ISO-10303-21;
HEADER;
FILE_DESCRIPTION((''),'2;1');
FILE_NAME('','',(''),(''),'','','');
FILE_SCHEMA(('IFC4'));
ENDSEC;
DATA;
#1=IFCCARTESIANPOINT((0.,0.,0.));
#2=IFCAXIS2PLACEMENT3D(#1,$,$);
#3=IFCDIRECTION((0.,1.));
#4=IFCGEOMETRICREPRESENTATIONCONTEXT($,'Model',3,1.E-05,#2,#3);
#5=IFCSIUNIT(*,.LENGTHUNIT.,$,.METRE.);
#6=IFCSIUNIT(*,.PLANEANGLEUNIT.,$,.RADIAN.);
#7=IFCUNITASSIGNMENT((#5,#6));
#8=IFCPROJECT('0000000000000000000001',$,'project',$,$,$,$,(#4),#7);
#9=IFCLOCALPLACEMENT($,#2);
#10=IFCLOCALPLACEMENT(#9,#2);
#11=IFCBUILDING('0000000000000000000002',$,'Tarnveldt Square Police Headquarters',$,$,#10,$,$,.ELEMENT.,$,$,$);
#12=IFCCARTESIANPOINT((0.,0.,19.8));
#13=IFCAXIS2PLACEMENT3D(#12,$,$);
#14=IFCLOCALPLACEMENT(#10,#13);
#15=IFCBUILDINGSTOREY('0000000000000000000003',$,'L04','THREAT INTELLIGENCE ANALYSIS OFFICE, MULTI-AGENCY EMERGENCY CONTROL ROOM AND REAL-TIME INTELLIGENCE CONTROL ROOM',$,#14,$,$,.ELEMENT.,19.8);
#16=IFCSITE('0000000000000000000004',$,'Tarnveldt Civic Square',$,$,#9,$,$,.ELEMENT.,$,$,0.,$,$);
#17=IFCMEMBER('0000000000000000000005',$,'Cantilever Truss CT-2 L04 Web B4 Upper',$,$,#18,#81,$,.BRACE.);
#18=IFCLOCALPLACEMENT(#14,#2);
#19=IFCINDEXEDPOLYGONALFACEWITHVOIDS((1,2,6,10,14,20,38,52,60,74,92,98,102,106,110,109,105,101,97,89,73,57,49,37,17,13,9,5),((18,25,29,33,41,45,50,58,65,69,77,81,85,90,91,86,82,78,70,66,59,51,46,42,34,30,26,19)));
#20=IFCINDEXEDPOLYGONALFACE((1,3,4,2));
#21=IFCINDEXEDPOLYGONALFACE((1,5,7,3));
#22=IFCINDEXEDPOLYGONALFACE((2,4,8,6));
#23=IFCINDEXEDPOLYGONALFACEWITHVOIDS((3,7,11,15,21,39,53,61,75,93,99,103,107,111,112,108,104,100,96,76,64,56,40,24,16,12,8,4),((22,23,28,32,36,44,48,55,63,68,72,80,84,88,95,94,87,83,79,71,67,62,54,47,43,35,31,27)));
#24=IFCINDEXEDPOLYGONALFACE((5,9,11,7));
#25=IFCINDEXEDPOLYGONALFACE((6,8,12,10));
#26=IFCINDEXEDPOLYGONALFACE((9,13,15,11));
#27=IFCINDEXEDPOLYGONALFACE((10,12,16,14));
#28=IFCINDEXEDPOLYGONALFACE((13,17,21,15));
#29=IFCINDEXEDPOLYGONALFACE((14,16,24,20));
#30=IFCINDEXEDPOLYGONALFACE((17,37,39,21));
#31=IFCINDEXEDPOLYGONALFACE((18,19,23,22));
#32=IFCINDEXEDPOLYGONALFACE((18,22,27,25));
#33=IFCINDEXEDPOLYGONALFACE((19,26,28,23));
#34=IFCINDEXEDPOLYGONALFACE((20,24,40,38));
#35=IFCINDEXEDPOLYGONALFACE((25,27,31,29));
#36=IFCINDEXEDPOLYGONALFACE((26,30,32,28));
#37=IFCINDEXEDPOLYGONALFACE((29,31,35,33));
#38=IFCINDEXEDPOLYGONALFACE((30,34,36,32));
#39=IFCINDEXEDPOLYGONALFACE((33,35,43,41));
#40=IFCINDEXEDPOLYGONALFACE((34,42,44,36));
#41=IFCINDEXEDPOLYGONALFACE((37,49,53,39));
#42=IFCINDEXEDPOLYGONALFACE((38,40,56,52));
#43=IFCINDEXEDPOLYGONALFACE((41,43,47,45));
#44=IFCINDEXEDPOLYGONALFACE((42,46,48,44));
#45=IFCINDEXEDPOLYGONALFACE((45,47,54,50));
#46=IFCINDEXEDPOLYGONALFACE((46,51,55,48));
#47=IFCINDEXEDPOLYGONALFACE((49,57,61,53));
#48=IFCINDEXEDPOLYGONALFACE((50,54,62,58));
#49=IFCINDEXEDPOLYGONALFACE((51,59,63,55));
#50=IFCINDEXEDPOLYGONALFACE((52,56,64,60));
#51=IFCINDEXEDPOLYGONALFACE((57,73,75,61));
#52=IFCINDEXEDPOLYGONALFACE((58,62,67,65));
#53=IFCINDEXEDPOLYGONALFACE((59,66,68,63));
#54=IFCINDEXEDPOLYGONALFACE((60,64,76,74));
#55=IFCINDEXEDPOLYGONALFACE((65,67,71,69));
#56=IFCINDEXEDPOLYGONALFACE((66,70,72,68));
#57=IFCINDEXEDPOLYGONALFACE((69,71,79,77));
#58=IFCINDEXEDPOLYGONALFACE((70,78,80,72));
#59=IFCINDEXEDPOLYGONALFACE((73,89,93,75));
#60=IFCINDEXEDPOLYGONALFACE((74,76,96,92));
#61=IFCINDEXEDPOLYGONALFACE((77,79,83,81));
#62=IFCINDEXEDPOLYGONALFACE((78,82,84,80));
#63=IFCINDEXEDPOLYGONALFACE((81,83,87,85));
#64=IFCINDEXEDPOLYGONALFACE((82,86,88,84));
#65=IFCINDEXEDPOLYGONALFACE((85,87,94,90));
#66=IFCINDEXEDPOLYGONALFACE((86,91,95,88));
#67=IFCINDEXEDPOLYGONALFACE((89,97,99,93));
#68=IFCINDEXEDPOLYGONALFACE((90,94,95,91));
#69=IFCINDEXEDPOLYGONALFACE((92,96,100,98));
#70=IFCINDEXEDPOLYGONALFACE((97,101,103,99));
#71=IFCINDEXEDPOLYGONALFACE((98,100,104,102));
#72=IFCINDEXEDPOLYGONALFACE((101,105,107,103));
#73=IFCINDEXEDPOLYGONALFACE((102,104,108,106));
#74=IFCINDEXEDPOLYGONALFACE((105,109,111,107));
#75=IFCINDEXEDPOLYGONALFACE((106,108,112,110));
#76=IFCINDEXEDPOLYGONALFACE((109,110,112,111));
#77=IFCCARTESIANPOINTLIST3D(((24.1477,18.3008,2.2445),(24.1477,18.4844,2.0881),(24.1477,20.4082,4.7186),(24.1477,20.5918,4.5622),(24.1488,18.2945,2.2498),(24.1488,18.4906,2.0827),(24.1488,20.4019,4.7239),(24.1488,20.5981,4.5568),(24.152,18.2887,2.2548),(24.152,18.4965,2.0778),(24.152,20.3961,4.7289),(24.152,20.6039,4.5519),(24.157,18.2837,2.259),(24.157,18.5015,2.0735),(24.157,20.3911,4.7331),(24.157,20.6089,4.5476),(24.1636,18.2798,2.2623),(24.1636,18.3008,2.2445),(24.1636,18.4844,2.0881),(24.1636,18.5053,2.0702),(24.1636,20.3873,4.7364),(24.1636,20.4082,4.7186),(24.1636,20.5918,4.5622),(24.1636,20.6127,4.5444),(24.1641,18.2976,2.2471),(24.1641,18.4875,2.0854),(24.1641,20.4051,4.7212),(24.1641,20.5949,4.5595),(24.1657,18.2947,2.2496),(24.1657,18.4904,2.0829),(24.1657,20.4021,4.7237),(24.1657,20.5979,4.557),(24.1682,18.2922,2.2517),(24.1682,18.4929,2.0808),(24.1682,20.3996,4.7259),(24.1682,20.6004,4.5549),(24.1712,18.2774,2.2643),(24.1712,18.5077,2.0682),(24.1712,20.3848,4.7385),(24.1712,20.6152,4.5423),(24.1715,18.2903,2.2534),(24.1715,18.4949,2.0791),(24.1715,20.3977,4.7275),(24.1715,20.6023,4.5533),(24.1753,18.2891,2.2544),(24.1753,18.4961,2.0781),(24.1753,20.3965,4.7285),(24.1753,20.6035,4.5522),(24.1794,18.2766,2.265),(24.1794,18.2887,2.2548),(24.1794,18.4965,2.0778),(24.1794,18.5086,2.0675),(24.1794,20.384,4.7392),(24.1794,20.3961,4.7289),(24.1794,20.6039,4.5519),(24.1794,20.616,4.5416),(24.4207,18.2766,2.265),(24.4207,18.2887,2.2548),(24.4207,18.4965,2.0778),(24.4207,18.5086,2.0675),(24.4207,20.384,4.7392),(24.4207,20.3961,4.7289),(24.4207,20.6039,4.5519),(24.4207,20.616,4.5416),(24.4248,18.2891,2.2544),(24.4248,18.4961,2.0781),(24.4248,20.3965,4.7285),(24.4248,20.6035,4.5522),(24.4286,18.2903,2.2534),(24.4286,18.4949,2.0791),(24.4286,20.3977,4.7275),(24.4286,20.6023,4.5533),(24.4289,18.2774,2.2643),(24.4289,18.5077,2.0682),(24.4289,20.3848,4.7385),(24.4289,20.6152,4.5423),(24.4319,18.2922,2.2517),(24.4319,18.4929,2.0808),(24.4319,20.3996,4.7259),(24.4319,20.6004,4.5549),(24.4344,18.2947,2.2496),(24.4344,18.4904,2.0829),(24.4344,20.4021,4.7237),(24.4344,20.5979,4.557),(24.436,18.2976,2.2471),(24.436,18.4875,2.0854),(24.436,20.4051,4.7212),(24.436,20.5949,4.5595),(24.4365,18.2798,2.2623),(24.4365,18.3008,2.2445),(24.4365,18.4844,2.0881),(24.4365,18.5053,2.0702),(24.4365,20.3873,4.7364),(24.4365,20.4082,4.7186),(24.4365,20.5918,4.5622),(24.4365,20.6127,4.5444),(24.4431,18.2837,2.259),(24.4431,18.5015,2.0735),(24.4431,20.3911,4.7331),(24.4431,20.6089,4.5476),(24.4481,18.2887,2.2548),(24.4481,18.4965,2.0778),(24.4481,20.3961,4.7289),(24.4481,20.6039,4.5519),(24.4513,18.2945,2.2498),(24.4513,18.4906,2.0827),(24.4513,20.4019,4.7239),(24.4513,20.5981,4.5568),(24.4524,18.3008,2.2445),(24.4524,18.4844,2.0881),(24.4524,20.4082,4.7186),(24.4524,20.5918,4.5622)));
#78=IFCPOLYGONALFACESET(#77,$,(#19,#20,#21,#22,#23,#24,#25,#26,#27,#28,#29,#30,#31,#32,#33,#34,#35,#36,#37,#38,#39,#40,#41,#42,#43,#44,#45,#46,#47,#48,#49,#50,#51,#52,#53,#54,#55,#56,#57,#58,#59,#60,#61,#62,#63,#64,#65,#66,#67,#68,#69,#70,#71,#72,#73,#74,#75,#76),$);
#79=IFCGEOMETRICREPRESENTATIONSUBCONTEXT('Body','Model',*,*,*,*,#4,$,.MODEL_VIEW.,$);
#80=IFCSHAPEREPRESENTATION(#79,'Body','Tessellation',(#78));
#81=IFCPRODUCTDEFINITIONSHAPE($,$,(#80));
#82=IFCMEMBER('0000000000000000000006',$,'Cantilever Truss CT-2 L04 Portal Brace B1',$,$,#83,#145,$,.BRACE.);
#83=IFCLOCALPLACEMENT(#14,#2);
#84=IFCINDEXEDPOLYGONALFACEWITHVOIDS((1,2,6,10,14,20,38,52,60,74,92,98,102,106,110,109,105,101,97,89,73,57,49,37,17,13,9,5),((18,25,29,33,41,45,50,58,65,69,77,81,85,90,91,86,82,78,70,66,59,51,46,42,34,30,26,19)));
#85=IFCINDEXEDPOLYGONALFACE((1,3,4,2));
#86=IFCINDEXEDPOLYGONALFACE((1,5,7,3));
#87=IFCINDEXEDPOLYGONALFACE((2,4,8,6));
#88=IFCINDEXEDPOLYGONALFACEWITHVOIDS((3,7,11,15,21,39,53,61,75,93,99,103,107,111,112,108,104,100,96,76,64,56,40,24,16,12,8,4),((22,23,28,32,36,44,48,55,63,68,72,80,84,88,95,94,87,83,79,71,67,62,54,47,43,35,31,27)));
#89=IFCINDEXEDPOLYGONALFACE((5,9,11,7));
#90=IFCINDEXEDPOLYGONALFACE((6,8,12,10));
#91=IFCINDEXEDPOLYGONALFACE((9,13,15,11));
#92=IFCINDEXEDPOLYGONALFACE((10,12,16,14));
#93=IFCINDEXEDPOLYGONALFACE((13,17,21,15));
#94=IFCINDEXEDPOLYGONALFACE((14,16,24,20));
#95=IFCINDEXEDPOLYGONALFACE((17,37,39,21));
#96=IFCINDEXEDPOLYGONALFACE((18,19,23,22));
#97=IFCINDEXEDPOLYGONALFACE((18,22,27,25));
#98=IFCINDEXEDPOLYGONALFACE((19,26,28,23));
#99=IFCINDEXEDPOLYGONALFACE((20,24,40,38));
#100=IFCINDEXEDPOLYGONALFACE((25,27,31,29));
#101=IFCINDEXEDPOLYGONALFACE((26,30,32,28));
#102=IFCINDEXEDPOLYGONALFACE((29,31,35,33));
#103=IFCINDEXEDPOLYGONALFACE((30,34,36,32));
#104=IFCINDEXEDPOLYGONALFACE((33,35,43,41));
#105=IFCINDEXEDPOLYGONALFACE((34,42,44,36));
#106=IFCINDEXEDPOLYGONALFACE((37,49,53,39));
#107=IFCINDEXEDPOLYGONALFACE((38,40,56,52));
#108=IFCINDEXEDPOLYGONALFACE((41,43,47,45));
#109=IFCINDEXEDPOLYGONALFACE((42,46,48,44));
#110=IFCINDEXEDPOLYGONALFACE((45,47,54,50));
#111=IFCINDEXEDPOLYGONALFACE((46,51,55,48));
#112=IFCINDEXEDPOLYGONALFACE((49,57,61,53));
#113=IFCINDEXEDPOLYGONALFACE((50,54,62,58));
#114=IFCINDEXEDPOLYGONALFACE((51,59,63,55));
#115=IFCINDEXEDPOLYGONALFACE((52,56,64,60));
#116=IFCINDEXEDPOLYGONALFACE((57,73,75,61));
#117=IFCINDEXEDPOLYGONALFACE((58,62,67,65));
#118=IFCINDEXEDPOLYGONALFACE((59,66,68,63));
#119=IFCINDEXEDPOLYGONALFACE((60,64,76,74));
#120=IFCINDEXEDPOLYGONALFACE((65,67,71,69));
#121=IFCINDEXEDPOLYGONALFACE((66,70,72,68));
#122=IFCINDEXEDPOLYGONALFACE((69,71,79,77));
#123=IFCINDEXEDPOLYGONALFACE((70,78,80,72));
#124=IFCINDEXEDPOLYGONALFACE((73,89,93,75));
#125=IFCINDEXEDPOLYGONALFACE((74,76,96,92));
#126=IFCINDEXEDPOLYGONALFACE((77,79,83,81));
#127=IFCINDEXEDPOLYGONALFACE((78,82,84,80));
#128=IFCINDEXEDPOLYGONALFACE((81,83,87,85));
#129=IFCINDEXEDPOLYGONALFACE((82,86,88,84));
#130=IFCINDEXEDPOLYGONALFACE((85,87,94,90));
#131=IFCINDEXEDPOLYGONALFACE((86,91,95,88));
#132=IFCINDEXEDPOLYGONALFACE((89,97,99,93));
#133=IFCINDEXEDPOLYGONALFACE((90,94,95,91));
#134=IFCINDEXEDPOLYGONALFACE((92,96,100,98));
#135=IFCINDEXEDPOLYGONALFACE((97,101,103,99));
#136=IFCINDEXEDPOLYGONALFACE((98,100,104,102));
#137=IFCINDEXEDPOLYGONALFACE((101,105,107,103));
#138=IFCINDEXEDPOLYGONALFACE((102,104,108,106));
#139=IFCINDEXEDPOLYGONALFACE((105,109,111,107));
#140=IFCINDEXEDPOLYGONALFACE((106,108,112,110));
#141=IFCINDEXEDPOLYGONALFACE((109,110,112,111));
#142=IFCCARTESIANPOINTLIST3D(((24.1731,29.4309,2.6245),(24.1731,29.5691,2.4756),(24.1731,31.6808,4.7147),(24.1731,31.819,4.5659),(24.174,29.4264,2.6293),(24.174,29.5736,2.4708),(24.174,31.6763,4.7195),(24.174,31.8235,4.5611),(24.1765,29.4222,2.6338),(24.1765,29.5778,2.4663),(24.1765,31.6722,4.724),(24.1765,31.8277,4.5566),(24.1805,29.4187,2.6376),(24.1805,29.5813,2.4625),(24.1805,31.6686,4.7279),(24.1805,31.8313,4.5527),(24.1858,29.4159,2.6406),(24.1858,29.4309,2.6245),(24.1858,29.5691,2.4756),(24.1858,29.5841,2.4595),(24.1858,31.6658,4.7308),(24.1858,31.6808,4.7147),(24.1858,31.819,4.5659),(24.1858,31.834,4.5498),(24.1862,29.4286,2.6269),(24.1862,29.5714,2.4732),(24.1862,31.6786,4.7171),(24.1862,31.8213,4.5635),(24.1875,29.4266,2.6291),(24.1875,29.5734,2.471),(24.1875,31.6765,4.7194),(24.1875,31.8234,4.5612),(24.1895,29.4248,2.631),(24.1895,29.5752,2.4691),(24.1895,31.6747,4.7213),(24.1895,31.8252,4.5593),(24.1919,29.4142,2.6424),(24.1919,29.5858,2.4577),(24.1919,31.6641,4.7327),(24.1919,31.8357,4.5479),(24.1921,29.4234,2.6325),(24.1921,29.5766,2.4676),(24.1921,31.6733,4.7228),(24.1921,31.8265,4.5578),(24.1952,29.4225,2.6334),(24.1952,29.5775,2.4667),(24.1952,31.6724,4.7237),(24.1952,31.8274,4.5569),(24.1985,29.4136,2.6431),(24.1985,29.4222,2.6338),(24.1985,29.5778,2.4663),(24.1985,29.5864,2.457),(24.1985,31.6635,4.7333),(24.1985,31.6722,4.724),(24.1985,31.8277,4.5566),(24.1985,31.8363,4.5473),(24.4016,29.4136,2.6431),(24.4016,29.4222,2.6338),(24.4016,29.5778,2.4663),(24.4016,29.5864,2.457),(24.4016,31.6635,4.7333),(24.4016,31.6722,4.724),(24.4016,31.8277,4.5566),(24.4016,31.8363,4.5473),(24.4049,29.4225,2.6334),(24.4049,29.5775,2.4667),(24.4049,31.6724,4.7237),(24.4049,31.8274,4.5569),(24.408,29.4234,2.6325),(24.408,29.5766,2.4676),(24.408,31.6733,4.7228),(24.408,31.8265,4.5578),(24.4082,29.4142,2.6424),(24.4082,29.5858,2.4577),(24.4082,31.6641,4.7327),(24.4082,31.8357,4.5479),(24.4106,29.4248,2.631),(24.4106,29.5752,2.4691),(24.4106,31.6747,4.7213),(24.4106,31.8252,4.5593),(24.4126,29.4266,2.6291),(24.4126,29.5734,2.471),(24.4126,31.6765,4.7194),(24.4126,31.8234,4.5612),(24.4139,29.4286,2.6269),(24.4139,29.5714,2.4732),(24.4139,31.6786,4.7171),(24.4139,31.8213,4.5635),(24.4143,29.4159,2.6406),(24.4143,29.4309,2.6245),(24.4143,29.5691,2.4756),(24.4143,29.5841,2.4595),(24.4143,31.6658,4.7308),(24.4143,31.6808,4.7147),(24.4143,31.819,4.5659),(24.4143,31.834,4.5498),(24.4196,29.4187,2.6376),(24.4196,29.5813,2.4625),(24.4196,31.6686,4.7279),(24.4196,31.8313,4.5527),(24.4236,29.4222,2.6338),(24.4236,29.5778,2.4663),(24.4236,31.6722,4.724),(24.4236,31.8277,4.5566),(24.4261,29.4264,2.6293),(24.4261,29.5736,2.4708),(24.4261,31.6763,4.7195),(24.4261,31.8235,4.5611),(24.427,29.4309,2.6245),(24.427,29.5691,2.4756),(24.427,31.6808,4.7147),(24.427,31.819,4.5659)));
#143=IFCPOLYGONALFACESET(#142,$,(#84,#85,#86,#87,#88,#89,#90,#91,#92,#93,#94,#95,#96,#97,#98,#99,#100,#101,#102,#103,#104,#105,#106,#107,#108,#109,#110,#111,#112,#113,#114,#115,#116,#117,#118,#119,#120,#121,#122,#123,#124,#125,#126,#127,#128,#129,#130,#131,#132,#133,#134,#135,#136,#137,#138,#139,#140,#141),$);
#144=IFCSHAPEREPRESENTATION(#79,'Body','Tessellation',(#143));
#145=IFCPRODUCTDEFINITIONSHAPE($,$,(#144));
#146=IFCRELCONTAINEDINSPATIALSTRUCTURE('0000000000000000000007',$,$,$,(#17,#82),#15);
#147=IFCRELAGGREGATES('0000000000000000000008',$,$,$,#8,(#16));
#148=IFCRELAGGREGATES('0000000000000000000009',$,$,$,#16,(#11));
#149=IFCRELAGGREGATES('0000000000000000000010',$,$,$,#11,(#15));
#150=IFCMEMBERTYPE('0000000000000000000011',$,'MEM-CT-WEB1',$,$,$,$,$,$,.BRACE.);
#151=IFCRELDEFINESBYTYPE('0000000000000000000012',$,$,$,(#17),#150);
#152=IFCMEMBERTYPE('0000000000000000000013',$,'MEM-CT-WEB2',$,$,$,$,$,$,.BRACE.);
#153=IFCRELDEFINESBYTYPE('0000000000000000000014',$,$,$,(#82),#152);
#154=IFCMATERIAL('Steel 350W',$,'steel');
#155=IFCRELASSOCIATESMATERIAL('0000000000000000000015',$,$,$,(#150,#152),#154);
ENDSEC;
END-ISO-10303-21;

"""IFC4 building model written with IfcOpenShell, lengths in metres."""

from ifc_helpers import new_model, si_unit, direction, frame, origin, origin_2d, place, context, subcontext, project, spatial, hollow_rectangle, extrude, material, material_profile, profile_set, type_object, element, save


model = new_model("IFC4")

# Units and contexts
model_context = context("Model", 3, precision=1e-05, world=origin(), true_north=direction((0.0, 1.0)))
body_context = subcontext(model_context, "Body", "Model", "MODEL_VIEW")
ifc_project = project(units=[si_unit("LENGTHUNIT", "METRE"), si_unit("PLANEANGLEUNIT", "RADIAN")], contexts=[model_context])

# Site, building, storey
site_placement = place(None, origin())
site = spatial("IfcSite", under=ifc_project, at=site_placement, Name="Tarnveldt Civic Square", CompositionType="ELEMENT", RefElevation=0.0)
building_placement = place(site_placement, origin())
building = spatial("IfcBuilding", under=site, at=building_placement, Name="Tarnveldt Square Police Headquarters", CompositionType="ELEMENT")
storey_placement = place(building_placement, frame((0.0, 0.0, 19.8)))
storey = spatial("IfcBuildingStorey", under=building, at=storey_placement, Name="L04", Description="THREAT INTELLIGENCE ANALYSIS OFFICE, MULTI-AGENCY EMERGENCY CONTROL ROOM AND REAL-TIME INTELLIGENCE CONTROL ROOM", CompositionType="ELEMENT", Elevation=19.8)

# Shared definitions
ifc_material_1 = material(Name="Steel 350W", Category="steel")

# Members
ifc_material_profile_1 = material_profile(ifc_material_1, hollow_rectangle(XDim=0.3047, YDim=0.3047, WallThickness=0.0159, InnerFilletRadius=0.0159, OuterFilletRadius=0.0317, at=origin_2d()), Name="HSS305x305x16")
ifc_profile_set_1 = profile_set([ifc_material_profile_1], Name="Steel 350W")
member_type_1 = type_object("IfcMemberType", Name="MEM-CT-WEB1", PredefinedType="BRACE", material=ifc_profile_set_1)
member_1_placement = place(storey_placement, frame((24.3, 18.3926, 2.1663), z_axis=(0.0, 0.648437, 0.761268), x_axis=(-1.0, 0.0, 0.0)))
element("IfcMember", 1, at=member_1_placement, inside=storey, type_object=member_type_1, Name="Cantilever Truss CT-2 L04 Web B4 Upper", PredefinedType="BRACE", context=body_context, shape_type="SweptSolid", body=[
    extrude(hollow_rectangle(XDim=0.3047, YDim=0.3047, WallThickness=0.0159, InnerFilletRadius=0.0159, OuterFilletRadius=0.0317, at=origin_2d()), origin(), (0.0, 0.0, 1.0), 3.25),
])
ifc_material_profile_2 = material_profile(ifc_material_1, hollow_rectangle(XDim=0.2539, YDim=0.2539, WallThickness=0.0127, InnerFilletRadius=0.0127, OuterFilletRadius=0.0254, at=origin_2d()), Name="HSS254x254x13")
ifc_profile_set_2 = profile_set([ifc_material_profile_2], Name="Steel 350W")
member_type_2 = type_object("IfcMemberType", Name="MEM-CT-WEB2", PredefinedType="BRACE", material=ifc_profile_set_2)
member_2_placement = place(storey_placement, frame((24.3, 29.5, 2.55), z_axis=(0.0, 0.732624, 0.680634), x_axis=(-1.0, 0.0, 0.0)))
element("IfcMember", 2, at=member_2_placement, inside=storey, type_object=member_type_2, Name="Cantilever Truss CT-2 L04 Portal Brace B1", PredefinedType="BRACE", context=body_context, shape_type="SweptSolid", body=[
    extrude(hollow_rectangle(XDim=0.2539, YDim=0.2539, WallThickness=0.0127, InnerFilletRadius=0.0127, OuterFilletRadius=0.0254, at=origin_2d()), origin(), (0.0, 0.0, 1.0), 3.071),
])

save(model, "model.ifc")
